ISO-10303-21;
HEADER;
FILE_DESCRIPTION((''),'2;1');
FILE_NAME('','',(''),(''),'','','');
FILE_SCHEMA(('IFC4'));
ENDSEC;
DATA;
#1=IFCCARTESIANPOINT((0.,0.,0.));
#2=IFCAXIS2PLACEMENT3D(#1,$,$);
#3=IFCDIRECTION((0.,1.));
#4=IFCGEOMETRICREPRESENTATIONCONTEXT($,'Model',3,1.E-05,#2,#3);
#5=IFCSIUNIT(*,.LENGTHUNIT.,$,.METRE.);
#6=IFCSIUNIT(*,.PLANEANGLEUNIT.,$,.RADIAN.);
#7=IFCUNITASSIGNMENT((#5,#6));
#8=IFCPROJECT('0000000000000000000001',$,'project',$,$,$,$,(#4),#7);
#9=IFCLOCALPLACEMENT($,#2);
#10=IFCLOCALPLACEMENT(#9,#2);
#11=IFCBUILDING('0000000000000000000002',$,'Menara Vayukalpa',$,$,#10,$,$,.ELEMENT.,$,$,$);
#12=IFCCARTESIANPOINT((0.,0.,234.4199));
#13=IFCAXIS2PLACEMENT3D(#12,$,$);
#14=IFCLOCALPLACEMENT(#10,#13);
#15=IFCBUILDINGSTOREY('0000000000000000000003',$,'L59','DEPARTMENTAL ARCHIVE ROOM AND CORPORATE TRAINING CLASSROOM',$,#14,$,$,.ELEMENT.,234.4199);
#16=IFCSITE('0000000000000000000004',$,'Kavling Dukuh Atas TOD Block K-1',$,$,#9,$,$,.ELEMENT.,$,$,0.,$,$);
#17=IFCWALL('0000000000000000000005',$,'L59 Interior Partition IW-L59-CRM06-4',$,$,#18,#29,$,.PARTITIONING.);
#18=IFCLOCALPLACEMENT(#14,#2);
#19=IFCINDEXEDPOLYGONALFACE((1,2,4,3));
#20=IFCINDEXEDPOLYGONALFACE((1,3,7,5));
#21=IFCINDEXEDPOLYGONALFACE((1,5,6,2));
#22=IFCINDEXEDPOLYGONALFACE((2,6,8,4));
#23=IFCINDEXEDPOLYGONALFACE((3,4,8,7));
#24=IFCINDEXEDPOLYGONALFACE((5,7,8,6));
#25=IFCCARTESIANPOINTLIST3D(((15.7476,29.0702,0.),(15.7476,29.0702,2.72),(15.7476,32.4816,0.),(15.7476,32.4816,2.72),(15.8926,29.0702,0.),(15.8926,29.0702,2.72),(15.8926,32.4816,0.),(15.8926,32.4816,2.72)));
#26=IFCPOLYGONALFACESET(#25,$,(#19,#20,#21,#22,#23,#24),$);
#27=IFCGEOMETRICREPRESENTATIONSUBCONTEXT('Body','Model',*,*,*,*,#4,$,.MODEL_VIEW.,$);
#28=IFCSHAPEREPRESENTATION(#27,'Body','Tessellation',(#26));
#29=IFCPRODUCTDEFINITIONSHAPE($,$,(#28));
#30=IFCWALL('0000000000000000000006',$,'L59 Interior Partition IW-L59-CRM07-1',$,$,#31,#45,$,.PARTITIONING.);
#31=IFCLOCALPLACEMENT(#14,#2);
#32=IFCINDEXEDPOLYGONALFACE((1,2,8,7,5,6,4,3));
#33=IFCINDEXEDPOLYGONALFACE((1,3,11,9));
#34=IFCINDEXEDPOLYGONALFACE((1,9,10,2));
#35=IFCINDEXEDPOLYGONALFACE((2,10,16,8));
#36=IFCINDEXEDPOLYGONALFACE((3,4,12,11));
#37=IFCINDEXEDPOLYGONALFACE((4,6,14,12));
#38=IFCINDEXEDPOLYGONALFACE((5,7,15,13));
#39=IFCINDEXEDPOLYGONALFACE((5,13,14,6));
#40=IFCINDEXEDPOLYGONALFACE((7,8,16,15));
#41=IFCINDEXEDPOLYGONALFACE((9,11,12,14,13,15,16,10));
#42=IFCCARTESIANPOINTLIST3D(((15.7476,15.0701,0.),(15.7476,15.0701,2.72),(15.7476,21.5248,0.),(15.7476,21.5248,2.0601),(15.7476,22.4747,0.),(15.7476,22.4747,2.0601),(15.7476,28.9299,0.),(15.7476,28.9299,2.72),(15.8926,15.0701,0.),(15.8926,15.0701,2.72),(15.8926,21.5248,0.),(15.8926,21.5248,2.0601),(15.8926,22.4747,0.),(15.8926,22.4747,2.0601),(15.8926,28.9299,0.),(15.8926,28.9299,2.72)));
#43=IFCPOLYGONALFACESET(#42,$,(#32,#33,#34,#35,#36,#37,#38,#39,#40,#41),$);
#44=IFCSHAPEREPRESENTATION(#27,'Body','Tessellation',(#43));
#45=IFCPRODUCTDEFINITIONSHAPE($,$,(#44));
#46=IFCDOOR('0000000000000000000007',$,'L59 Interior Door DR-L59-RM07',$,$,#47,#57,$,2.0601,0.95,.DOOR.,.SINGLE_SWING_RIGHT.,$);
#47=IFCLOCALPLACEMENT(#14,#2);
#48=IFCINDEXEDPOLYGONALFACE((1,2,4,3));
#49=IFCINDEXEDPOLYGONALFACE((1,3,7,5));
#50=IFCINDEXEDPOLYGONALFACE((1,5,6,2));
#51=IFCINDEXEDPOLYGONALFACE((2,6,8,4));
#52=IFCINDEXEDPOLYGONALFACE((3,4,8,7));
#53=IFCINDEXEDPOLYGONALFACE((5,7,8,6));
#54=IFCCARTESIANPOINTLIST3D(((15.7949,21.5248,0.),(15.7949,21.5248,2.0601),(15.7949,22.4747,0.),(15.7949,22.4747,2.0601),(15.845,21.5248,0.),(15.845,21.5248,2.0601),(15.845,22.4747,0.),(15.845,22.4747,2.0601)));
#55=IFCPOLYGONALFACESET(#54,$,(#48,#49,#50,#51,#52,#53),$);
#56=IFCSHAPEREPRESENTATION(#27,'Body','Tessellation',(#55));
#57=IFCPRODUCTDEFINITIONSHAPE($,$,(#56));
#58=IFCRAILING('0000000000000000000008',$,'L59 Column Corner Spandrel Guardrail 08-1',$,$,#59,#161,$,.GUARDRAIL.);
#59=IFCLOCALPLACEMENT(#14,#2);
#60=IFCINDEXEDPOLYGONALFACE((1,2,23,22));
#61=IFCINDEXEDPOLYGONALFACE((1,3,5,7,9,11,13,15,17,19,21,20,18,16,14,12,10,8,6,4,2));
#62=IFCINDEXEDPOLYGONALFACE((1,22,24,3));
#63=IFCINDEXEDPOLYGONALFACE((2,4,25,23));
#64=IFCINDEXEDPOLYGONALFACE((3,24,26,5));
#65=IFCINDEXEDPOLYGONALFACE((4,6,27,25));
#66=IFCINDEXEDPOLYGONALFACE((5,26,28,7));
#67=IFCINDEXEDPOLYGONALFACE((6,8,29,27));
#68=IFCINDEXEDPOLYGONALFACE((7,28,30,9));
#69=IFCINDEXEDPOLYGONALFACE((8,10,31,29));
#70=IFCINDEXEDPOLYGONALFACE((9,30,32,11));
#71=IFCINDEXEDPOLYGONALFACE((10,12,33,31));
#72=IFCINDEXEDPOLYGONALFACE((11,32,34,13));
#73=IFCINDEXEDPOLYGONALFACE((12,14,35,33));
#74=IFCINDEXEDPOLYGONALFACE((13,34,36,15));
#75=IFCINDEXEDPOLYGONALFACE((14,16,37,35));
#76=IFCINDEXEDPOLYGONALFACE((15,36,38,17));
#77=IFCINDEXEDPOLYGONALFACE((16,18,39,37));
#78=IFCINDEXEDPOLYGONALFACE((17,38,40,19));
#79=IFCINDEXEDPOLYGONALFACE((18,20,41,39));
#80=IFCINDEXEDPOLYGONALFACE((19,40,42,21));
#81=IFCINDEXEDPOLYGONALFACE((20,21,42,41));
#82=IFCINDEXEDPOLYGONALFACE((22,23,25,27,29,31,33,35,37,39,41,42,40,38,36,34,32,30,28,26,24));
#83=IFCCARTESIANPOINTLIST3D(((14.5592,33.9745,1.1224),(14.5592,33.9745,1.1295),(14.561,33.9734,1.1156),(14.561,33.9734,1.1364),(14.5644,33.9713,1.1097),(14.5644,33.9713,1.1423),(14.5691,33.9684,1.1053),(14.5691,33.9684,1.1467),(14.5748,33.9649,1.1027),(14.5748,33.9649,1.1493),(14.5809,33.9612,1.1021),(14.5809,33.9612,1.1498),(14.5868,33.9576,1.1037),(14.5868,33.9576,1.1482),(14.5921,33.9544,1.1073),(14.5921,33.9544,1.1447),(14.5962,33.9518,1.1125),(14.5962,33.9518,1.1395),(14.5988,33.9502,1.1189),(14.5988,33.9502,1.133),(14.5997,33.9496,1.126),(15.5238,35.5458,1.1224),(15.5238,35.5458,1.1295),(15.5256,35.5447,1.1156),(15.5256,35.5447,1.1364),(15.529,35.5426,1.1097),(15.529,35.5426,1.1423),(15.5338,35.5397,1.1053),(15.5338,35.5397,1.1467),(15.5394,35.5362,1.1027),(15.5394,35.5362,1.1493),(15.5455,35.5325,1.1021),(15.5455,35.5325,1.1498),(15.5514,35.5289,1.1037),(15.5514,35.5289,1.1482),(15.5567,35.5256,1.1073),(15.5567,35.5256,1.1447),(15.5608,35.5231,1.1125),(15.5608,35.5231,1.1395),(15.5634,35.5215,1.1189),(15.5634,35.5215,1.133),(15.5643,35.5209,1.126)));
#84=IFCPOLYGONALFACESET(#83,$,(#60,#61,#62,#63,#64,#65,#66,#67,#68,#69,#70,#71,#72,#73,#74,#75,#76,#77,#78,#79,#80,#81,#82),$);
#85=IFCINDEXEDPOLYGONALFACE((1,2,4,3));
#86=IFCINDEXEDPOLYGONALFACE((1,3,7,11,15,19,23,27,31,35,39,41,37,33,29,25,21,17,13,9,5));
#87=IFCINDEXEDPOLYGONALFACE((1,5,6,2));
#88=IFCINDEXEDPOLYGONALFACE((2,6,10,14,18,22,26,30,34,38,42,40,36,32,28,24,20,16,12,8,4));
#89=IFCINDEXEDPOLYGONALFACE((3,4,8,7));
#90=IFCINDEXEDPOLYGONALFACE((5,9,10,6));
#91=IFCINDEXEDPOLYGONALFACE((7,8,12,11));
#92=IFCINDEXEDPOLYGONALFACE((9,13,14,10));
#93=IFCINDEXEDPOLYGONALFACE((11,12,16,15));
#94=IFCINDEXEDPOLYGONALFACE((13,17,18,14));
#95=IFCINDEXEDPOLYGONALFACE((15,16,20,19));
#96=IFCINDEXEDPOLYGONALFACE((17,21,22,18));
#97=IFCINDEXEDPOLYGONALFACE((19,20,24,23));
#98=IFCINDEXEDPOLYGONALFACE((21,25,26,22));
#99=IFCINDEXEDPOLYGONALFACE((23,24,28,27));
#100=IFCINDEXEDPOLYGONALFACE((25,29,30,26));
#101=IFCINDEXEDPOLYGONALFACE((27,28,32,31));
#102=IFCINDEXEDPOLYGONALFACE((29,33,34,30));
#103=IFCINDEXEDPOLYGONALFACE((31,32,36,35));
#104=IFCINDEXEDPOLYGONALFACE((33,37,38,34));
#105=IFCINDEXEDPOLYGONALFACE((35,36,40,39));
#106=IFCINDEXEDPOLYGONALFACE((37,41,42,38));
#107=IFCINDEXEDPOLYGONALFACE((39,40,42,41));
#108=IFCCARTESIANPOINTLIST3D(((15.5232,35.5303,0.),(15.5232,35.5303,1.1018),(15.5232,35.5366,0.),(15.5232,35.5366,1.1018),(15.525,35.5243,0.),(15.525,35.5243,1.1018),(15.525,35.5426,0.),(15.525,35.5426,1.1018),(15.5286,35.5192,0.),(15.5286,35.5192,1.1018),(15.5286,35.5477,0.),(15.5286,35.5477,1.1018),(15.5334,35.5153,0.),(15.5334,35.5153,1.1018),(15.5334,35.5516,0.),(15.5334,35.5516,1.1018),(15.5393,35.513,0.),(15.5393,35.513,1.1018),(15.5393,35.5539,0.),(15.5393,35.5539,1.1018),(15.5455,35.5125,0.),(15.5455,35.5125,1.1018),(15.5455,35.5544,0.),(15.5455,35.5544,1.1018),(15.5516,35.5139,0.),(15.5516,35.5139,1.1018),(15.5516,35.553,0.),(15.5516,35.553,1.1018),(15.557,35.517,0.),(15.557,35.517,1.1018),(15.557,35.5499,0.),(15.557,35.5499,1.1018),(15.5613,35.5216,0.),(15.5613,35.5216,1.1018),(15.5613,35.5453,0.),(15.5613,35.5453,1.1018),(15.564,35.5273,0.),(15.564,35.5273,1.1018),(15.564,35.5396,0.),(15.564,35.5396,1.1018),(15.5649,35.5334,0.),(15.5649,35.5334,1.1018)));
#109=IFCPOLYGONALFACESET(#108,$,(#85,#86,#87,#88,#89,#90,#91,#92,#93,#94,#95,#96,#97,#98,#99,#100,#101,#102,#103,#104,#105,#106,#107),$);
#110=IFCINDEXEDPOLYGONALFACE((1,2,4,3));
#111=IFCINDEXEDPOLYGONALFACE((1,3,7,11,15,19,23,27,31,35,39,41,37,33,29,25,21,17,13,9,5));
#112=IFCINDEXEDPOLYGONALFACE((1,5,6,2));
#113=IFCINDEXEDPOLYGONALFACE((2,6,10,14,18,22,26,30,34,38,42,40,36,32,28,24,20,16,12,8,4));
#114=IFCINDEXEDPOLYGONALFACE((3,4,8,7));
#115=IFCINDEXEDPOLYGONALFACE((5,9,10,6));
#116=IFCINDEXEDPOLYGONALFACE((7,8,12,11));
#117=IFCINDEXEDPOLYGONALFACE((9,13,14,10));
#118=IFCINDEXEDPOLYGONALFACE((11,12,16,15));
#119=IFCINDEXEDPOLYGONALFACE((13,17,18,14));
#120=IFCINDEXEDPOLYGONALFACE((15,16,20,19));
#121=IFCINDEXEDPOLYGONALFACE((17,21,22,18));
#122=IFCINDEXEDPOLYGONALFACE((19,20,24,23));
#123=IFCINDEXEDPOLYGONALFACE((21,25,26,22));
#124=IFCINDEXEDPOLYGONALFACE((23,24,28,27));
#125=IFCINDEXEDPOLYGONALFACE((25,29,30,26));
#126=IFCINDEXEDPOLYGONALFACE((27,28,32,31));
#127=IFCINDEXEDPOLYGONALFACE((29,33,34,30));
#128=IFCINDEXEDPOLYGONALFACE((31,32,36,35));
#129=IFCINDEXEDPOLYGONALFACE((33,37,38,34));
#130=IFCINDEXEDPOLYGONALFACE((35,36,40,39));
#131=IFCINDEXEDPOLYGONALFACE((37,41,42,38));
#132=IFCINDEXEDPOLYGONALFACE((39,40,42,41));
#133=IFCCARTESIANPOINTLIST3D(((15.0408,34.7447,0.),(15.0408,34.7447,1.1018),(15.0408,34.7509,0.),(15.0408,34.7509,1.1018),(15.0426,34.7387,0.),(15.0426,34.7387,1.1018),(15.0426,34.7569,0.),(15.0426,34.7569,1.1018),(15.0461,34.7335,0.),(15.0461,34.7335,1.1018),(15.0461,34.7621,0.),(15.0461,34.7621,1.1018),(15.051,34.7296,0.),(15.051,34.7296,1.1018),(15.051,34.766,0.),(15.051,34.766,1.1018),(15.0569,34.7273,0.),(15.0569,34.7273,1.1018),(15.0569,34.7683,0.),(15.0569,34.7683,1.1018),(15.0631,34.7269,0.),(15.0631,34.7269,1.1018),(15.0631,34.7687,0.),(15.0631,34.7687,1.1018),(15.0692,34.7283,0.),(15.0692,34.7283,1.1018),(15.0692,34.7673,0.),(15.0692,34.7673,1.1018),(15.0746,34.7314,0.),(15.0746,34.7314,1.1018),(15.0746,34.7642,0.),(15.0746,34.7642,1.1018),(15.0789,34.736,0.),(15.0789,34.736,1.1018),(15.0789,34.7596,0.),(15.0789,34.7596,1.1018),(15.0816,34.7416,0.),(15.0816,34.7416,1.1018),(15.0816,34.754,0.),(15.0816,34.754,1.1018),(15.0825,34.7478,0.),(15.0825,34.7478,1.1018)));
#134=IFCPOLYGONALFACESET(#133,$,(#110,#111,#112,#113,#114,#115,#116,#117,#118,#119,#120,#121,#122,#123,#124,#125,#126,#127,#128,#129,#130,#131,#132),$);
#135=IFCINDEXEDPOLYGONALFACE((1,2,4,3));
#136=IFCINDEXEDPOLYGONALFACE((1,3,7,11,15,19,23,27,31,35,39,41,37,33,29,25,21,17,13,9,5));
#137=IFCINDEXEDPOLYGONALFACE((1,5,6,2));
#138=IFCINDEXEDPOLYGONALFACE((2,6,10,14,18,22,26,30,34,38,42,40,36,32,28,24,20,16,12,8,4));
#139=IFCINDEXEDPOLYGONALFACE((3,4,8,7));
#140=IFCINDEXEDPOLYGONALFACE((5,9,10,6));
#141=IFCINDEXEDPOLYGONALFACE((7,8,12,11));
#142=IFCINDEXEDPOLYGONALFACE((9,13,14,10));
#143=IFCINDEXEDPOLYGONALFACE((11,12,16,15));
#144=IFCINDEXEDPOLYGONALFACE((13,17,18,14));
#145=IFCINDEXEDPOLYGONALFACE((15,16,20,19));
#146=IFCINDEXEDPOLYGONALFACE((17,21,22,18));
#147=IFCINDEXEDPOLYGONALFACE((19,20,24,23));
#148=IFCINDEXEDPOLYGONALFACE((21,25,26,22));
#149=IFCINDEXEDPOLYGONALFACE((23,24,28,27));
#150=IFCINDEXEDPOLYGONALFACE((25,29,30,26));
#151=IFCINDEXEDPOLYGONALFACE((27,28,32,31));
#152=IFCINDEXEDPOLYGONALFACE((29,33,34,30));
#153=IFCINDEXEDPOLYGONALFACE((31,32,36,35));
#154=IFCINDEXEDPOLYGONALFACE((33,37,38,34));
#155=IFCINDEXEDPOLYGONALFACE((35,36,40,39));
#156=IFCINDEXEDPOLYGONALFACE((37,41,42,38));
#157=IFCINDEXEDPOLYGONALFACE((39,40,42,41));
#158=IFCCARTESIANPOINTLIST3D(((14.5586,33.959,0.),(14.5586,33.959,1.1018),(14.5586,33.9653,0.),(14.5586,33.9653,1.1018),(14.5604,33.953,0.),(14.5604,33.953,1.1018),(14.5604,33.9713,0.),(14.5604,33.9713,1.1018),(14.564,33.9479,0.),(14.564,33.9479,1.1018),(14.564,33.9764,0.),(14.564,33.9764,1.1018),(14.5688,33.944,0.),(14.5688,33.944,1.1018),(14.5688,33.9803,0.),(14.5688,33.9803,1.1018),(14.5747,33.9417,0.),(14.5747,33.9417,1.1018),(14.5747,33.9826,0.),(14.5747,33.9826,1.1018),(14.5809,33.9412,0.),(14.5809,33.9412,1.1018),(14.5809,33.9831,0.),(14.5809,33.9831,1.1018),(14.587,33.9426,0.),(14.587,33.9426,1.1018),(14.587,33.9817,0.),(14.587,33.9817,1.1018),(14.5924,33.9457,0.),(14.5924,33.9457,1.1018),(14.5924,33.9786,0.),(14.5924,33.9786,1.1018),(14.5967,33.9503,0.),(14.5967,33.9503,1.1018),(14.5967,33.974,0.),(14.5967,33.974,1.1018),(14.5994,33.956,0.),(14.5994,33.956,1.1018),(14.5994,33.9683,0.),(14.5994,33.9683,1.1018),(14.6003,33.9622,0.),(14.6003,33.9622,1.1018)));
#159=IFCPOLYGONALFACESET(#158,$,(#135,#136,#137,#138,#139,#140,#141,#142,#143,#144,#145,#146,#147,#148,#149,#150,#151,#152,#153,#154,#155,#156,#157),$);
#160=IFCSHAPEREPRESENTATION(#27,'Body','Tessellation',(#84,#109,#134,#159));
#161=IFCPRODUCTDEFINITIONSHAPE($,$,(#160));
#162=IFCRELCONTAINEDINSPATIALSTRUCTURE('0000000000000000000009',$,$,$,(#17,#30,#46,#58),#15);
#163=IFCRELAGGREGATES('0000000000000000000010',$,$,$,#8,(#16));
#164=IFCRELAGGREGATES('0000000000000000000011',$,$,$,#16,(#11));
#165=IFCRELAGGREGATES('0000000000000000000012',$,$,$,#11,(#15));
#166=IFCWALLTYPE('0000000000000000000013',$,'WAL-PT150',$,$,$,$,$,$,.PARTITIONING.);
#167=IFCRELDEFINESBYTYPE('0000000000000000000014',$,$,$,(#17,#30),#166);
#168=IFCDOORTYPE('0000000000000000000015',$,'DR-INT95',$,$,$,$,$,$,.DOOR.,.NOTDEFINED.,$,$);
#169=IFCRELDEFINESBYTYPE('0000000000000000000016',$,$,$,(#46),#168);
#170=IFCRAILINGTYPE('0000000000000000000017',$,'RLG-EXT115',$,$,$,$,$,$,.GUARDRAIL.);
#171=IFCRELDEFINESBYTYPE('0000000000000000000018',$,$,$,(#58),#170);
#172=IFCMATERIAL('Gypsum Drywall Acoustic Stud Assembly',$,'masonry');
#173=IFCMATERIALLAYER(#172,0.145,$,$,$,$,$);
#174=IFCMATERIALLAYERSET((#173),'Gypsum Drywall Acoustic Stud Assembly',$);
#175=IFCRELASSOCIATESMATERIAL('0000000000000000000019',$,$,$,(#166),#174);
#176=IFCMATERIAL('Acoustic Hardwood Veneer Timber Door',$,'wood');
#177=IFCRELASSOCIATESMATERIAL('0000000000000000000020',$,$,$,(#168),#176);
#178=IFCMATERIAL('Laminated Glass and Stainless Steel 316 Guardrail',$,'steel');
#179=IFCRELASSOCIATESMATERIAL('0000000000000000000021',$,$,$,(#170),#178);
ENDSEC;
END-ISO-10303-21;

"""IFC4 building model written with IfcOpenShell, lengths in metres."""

from ifc_helpers import new_model, si_unit, direction, frame, frame_2d, origin, origin_2d, place, context, subcontext, project, spatial, rectangle, circle, extrude, material, layer, layer_set, type_object, element, fill, save


model = new_model("IFC4")

# Units and contexts
model_context = context("Model", 3, precision=1e-05, world=origin(), true_north=direction((0.0, 1.0)))
body_context = subcontext(model_context, "Body", "Model", "MODEL_VIEW")
ifc_project = project(units=[si_unit("LENGTHUNIT", "METRE"), si_unit("PLANEANGLEUNIT", "RADIAN")], contexts=[model_context])

# Site, building, storey
site_placement = place(None, origin())
site = spatial("IfcSite", under=ifc_project, at=site_placement, Name="Kavling Dukuh Atas TOD Block K-1", CompositionType="ELEMENT", RefElevation=0.0)
building_placement = place(site_placement, origin())
building = spatial("IfcBuilding", under=site, at=building_placement, Name="Menara Vayukalpa", CompositionType="ELEMENT")
storey_placement = place(building_placement, frame((0.0, 0.0, 234.4199)))
storey = spatial("IfcBuildingStorey", under=building, at=storey_placement, Name="L59", Description="DEPARTMENTAL ARCHIVE ROOM AND CORPORATE TRAINING CLASSROOM", CompositionType="ELEMENT", Elevation=234.4199)

# Shared definitions
ifc_material_1 = material(Name="Gypsum Drywall Acoustic Stud Assembly", Category="masonry")
ifc_layer_1 = layer(ifc_material_1, 0.145)
ifc_layer_set_1 = layer_set([ifc_layer_1], Name="Gypsum Drywall Acoustic Stud Assembly")
wall_type_1 = type_object("IfcWallType", Name="WAL-PT150", PredefinedType="PARTITIONING", material=ifc_layer_set_1)

# Wall
wall_1_placement = place(storey_placement, frame((15.8201, 32.4814, 0.0), z_axis=(0.0, 0.0, 1.0), x_axis=(0.0, -1.0, 0.0)))
element("IfcWall", 1, at=wall_1_placement, inside=storey, type_object=wall_type_1, Name="L59 Interior Partition IW-L59-CRM06-4", PredefinedType="PARTITIONING", context=body_context, shape_type="SweptSolid", body=[
    extrude(rectangle(XDim=3.4114, YDim=0.145, at=frame_2d((1.7056, 0.0))), origin(), (0.0, 0.0, 1.0), 2.72),
])

# Wall, opening, door
wall_2_placement = place(storey_placement, frame((15.8201, 28.9299, 0.0), z_axis=(0.0, 0.0, 1.0), x_axis=(0.0, -1.0, 0.0)))
wall_2 = element("IfcWall", 2, at=wall_2_placement, inside=storey, type_object=wall_type_1, Name="L59 Interior Partition IW-L59-CRM07-1", PredefinedType="PARTITIONING", context=body_context, shape_type="SweptSolid", body=[
    extrude(rectangle(XDim=13.8599, YDim=0.145, at=frame_2d((6.9299, 0.0))), origin(), (0.0, 0.0, 1.0), 2.72),
])
opening_1_placement = place(wall_2_placement, frame((6.4551, 0.0, 0.0)))
opening_1 = element("IfcOpeningElement", 3, at=opening_1_placement, cuts=wall_2, PredefinedType="OPENING", context=body_context, shape_type="SweptSolid", body=[
    extrude(rectangle(XDim=0.95, YDim=2.0601, at=frame_2d((0.4751, 1.03))), frame((0.0, 0.0825, 0.0), z_axis=(0.0, -1.0, 0.0), x_axis=(1.0, 0.0, 0.0)), (0.0, 0.0, 1.0), 0.165),
])
ifc_material_2 = material(Name="Acoustic Hardwood Veneer Timber Door", Category="wood")
door_type_1 = type_object("IfcDoorType", Name="DR-INT95", OperationType="NOTDEFINED", PredefinedType="DOOR", material=ifc_material_2)
door_1_placement = place(opening_1_placement, origin())
door_1 = element("IfcDoor", 4, at=door_1_placement, inside=storey, type_object=door_type_1, Name="L59 Interior Door DR-L59-RM07", OperationType="SINGLE_SWING_RIGHT", OverallHeight=2.0601, OverallWidth=0.95, PredefinedType="DOOR", context=body_context, shape_type="SweptSolid", body=[
    extrude(rectangle(XDim=0.95, YDim=2.0601, at=frame_2d((0.4751, 1.03))), frame((0.0, 0.0249, 0.0), z_axis=(0.0, -1.0, 0.0), x_axis=(1.0, 0.0, 0.0)), (0.0, 0.0, 1.0), 0.05),
])
fill(opening_1, door_1)

# Railing
ifc_material_3 = material(Name="Laminated Glass and Stainless Steel 316 Guardrail", Category="steel")
railing_type = type_object("IfcRailingType", Name="RLG-EXT115", PredefinedType="GUARDRAIL", material=ifc_material_3)
railing_placement = place(storey_placement, frame((15.5439, 35.5334, 0.0)))
element("IfcRailing", 5, at=railing_placement, inside=storey, type_object=railing_type, Name="L59 Column Corner Spandrel Guardrail 08-1", PredefinedType="GUARDRAIL", context=body_context, shape_type="SweptSolid", body=[
    extrude(circle(Radius=0.0239, at=origin_2d()), frame((0.0, 0.0, 1.126), z_axis=(-0.523174, -0.852226, 0.0), x_axis=(0.852226, -0.523174, 0.0)), (0.0, 0.0, 1.0), 1.8438),
    extrude(circle(Radius=0.021, at=origin_2d()), origin(), (0.0, 0.0, 1.0), 1.1018),
    extrude(circle(Radius=0.021, at=origin_2d()), frame((-0.4824, -0.7856, 0.0)), (0.0, 0.0, 1.0), 1.1018),
    extrude(circle(Radius=0.021, at=origin_2d()), frame((-0.9646, -1.5713, 0.0)), (0.0, 0.0, 1.0), 1.1018),
])

save(model, "model.ifc")
